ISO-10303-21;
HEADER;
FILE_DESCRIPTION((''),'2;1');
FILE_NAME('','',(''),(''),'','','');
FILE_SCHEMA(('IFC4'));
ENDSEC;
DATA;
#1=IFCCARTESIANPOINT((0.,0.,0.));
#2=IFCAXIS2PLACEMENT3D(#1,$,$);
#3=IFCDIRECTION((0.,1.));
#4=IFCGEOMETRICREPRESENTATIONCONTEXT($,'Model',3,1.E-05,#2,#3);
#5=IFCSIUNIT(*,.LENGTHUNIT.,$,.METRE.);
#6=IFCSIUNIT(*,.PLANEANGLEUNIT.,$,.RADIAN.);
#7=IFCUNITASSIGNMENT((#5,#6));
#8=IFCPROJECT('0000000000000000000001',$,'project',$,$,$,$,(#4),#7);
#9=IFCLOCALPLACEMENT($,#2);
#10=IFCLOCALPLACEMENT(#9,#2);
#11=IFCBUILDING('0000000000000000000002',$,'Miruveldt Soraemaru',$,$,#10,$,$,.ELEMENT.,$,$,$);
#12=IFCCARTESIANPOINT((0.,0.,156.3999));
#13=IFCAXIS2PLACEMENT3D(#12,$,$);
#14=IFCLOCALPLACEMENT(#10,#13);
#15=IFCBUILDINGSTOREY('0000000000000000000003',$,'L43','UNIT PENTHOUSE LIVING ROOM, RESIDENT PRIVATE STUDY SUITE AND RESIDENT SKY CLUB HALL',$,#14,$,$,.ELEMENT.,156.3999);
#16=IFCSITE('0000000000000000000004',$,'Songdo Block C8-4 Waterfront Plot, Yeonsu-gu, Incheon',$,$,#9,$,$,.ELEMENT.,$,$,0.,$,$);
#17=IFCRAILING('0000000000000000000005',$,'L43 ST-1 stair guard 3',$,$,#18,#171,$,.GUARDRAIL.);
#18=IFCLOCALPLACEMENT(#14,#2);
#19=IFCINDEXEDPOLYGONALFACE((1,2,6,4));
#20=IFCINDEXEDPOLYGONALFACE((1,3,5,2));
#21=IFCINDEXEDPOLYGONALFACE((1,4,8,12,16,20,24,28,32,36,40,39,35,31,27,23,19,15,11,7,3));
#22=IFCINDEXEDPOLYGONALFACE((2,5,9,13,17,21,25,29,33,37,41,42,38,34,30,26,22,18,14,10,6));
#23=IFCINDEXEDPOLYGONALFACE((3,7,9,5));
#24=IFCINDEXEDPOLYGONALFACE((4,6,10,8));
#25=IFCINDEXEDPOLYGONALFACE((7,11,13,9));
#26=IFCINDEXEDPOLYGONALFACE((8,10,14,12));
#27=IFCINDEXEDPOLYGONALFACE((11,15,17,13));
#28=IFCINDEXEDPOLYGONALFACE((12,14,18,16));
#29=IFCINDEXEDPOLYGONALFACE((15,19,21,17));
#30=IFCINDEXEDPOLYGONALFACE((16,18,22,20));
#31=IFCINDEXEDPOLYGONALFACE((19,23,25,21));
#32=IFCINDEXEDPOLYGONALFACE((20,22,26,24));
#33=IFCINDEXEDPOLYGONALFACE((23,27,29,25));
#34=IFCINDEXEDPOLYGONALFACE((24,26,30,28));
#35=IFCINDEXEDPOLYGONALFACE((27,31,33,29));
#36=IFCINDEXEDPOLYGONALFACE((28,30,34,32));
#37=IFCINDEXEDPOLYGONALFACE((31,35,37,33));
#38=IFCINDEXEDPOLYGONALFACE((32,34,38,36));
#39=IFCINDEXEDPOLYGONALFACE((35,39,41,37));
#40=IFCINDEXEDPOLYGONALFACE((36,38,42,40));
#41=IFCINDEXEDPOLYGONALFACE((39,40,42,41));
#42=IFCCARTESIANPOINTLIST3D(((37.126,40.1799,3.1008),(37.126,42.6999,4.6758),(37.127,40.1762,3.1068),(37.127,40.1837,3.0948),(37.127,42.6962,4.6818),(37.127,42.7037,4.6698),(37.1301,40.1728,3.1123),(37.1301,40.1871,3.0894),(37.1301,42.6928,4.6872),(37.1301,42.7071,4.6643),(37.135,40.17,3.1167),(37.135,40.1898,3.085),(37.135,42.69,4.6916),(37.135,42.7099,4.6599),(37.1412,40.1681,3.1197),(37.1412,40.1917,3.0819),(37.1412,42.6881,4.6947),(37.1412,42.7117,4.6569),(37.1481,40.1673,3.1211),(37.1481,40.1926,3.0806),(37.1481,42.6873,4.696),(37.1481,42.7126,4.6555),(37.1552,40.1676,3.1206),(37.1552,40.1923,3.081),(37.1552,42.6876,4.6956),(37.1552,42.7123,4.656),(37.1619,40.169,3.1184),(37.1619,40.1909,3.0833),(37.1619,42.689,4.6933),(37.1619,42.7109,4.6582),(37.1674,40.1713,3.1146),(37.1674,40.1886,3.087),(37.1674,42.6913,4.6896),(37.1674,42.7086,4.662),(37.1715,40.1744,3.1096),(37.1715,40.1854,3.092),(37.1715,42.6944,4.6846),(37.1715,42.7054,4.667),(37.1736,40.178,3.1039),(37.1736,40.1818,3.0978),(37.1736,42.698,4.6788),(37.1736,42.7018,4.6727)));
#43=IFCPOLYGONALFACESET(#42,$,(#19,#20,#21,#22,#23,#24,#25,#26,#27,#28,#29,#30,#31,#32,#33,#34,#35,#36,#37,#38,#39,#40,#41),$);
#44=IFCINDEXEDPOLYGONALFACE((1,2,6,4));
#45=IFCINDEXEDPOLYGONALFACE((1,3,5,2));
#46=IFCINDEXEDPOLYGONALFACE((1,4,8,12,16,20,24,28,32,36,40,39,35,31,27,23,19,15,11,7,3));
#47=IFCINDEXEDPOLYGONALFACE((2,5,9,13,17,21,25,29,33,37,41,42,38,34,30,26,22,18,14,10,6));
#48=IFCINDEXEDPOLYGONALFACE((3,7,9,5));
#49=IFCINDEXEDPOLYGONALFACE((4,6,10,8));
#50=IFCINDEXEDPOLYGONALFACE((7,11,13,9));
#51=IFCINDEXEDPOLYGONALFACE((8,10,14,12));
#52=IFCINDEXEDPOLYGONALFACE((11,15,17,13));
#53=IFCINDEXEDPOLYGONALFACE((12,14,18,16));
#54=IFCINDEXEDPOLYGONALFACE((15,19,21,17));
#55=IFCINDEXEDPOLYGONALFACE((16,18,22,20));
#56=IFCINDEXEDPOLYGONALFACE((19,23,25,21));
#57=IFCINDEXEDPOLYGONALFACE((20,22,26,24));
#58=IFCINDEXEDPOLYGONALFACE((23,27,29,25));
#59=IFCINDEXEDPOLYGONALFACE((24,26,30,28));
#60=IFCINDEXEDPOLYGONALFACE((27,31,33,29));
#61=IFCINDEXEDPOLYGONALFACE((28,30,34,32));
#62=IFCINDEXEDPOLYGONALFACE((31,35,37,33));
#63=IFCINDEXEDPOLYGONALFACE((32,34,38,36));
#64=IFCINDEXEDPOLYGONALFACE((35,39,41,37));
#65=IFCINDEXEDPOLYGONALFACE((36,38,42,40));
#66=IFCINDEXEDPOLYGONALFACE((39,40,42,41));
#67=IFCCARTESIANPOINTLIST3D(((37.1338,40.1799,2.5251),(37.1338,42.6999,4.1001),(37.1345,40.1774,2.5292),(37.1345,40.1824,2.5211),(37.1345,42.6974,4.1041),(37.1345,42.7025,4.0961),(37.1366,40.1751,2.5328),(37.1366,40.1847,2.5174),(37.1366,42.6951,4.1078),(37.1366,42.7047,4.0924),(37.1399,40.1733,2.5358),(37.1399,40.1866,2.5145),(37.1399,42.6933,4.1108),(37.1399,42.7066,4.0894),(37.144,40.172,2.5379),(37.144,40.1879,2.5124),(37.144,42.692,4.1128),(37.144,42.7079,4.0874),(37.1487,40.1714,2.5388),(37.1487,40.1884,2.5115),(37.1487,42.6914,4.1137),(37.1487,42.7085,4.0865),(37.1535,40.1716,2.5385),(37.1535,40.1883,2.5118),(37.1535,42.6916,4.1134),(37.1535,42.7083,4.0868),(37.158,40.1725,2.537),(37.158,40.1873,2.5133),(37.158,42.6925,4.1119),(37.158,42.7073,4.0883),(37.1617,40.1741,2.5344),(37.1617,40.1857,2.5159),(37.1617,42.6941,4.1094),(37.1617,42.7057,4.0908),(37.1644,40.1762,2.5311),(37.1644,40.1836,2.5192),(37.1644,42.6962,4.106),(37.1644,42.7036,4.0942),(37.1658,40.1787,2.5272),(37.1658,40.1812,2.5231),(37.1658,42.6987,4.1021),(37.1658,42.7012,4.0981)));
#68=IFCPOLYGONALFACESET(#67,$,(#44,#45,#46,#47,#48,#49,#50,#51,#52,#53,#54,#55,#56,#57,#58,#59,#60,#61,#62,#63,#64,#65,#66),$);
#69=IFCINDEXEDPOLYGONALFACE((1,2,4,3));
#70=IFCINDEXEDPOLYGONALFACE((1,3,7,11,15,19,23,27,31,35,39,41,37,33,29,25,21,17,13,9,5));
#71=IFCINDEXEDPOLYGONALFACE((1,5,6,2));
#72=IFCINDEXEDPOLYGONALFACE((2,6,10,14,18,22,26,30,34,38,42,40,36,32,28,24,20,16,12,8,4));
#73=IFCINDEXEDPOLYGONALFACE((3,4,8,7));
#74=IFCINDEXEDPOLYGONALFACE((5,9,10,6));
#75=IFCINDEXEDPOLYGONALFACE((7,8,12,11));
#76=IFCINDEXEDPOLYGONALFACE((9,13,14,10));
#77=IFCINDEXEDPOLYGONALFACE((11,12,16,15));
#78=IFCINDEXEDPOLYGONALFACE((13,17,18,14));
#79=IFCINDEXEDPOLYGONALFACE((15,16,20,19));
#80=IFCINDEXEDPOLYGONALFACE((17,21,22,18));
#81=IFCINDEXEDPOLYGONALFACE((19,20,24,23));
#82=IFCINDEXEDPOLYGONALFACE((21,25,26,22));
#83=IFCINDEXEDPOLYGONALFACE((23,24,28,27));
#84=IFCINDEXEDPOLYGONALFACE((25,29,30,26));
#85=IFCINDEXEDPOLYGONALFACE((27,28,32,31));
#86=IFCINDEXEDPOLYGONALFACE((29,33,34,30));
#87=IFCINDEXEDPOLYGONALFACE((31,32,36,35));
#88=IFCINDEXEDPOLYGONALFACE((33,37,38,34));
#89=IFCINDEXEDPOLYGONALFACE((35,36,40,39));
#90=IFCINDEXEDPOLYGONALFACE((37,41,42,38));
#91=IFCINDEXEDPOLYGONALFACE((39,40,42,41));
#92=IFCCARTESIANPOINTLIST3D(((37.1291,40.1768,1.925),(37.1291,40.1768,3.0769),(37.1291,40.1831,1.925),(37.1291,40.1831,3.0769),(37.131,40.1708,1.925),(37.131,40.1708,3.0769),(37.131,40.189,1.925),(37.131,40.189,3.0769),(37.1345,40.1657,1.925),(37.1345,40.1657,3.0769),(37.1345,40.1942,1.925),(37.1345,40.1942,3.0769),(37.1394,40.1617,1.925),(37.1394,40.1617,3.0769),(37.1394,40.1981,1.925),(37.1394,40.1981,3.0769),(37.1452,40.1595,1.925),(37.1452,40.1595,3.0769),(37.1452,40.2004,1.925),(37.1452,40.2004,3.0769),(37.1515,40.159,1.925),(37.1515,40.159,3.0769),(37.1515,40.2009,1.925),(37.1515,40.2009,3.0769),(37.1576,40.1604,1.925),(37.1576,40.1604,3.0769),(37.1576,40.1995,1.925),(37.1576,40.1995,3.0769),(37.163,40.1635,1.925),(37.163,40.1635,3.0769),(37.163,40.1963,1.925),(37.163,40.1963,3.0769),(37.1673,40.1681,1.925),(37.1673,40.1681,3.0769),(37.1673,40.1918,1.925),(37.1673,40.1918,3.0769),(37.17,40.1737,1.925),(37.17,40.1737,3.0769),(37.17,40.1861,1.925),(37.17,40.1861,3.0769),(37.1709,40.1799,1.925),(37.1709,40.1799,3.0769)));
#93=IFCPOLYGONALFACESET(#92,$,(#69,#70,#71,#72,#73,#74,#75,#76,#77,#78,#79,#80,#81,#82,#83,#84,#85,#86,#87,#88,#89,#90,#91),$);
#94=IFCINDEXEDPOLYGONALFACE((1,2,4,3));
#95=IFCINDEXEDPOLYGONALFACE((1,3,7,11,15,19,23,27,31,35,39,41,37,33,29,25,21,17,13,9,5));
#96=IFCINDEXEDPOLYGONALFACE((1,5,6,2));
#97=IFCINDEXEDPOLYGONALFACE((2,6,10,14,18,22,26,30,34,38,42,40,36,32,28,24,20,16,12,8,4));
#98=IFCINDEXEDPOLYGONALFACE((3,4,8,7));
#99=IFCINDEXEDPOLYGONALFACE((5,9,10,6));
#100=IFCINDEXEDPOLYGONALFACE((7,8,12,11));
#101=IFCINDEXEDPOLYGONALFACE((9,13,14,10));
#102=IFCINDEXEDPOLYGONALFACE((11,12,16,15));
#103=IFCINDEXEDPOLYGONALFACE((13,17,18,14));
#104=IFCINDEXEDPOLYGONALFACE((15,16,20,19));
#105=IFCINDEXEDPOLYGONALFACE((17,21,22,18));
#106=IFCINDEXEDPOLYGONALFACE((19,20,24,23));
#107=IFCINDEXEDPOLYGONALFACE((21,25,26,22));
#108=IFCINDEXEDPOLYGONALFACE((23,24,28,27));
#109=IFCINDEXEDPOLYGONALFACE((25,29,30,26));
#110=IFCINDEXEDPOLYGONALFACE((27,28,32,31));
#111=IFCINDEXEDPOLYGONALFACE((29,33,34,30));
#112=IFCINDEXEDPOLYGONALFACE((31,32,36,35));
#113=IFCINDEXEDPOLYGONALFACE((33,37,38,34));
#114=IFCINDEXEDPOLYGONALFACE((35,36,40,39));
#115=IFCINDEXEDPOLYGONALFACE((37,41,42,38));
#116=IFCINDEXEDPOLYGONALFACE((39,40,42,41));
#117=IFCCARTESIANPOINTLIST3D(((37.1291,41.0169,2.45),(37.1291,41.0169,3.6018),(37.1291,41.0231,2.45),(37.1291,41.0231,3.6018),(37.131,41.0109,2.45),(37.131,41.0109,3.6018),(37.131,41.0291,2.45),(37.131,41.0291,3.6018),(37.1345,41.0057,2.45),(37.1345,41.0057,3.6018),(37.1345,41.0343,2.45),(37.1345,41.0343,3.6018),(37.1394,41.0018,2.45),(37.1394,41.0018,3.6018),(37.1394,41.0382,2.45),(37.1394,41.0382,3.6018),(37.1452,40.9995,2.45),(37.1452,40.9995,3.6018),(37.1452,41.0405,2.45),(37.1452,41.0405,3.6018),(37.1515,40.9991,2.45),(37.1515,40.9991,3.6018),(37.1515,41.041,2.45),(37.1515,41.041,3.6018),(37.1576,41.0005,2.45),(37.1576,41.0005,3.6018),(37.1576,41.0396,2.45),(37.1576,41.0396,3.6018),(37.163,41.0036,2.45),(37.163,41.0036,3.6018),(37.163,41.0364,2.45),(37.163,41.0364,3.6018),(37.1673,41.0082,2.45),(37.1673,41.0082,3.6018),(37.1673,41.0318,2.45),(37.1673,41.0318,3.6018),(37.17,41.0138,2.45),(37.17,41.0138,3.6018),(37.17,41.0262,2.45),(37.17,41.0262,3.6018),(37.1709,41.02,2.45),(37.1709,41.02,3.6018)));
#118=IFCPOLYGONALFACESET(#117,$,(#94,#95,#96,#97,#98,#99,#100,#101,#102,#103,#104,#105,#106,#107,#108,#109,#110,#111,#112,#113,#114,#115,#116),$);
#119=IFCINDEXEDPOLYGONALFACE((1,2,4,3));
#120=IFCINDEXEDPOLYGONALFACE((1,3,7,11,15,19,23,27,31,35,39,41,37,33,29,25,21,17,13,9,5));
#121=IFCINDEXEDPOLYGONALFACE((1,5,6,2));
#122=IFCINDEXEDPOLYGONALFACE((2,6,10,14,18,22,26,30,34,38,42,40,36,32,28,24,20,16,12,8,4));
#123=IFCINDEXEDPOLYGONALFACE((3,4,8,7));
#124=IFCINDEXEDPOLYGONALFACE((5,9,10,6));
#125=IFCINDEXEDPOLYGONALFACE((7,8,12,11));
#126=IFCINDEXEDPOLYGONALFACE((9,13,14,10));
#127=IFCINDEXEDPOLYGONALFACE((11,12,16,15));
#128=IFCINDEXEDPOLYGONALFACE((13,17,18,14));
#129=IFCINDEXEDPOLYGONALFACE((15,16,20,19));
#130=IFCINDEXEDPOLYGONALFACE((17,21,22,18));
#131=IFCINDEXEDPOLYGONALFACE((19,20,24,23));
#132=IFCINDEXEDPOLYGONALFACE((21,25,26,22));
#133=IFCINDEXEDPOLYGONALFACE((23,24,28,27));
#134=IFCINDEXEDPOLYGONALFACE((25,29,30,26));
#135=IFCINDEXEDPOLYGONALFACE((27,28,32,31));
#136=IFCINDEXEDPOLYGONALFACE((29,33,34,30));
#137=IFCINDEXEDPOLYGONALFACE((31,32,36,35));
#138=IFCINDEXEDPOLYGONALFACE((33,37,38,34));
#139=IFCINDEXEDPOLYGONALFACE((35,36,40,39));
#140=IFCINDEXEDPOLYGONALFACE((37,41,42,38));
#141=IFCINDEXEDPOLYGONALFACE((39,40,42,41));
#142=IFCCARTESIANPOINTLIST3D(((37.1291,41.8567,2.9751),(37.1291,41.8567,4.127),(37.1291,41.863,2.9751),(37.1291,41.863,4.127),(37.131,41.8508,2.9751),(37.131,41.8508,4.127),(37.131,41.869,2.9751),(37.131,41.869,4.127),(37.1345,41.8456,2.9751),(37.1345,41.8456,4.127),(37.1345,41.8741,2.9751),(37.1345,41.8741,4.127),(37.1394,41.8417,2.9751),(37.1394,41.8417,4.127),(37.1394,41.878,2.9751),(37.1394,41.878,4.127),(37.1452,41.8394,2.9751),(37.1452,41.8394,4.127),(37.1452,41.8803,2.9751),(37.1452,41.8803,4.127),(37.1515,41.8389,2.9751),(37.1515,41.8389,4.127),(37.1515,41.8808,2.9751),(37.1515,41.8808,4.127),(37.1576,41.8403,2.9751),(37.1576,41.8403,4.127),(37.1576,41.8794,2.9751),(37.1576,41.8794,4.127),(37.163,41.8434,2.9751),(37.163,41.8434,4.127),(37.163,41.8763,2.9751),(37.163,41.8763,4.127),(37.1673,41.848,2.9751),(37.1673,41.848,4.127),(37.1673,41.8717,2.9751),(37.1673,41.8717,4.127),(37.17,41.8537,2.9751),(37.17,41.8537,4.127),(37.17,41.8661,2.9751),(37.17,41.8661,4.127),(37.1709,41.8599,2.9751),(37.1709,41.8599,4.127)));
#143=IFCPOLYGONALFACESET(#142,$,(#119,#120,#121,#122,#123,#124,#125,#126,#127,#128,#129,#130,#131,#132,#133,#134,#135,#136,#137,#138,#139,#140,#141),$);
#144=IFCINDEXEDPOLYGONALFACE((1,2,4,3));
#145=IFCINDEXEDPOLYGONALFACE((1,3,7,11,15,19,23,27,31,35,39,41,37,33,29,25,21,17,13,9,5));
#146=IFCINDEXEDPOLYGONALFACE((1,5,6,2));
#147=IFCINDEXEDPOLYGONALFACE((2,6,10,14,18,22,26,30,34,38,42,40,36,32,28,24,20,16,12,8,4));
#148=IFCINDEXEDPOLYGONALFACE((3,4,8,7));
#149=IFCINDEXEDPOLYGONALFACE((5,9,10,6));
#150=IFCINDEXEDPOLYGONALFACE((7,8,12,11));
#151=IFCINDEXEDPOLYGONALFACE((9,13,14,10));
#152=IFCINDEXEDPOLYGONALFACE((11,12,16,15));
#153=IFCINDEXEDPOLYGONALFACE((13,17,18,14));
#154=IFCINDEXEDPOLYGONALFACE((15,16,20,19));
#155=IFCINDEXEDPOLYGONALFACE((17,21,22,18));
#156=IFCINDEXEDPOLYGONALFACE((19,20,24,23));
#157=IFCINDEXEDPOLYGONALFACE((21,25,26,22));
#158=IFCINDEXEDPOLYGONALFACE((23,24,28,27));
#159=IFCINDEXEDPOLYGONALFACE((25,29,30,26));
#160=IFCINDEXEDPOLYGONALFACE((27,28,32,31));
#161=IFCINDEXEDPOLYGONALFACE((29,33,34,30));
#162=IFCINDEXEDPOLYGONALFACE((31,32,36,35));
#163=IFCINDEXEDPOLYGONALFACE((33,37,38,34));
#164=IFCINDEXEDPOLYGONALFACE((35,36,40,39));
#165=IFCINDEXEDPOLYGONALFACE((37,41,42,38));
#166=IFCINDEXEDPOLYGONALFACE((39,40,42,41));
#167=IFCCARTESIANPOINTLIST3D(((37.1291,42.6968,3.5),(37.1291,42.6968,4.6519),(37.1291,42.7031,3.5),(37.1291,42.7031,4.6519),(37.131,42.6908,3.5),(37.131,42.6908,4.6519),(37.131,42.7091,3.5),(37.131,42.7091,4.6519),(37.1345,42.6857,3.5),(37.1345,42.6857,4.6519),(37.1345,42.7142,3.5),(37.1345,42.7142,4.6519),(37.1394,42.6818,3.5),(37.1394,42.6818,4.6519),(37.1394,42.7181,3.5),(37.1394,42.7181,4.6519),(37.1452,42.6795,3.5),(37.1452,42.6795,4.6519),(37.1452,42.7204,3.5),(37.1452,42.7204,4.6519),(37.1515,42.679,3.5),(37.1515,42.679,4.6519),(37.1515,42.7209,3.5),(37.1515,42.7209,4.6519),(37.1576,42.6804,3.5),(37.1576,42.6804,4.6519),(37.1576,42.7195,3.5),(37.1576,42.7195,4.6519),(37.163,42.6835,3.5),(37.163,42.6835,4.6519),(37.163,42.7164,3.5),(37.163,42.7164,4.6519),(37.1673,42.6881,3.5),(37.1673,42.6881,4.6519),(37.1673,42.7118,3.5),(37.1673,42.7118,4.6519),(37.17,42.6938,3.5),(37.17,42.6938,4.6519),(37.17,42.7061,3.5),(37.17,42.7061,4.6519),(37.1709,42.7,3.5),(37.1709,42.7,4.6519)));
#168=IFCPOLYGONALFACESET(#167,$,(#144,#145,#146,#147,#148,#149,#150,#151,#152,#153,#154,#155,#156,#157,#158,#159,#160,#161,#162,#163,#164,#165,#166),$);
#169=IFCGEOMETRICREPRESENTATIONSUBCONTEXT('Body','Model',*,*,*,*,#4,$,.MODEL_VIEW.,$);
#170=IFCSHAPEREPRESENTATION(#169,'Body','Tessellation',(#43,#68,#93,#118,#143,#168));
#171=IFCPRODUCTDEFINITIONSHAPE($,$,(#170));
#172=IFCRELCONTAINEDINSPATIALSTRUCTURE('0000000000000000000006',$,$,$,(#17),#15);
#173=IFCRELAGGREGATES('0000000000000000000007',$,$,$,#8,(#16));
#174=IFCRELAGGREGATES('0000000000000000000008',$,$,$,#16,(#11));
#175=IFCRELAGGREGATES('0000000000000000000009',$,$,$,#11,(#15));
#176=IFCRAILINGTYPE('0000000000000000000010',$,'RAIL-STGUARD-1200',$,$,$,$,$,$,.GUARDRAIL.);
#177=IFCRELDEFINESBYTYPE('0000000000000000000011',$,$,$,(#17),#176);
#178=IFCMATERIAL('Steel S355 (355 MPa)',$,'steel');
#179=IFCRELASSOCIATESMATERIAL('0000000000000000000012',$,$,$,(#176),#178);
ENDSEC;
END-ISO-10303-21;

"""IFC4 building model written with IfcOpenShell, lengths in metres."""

from ifc_helpers import new_model, si_unit, direction, frame, origin, origin_2d, place, context, subcontext, project, spatial, circle, extrude, material, type_object, element, save


model = new_model("IFC4")

# Units and contexts
model_context = context("Model", 3, precision=1e-05, world=origin(), true_north=direction((0.0, 1.0)))
body_context = subcontext(model_context, "Body", "Model", "MODEL_VIEW")
ifc_project = project(units=[si_unit("LENGTHUNIT", "METRE"), si_unit("PLANEANGLEUNIT", "RADIAN")], contexts=[model_context])

# Site, building, storey
site_placement = place(None, origin())
site = spatial("IfcSite", under=ifc_project, at=site_placement, Name="Songdo Block C8-4 Waterfront Plot, Yeonsu-gu, Incheon", CompositionType="ELEMENT", RefElevation=0.0)
building_placement = place(site_placement, origin())
building = spatial("IfcBuilding", under=site, at=building_placement, Name="Miruveldt Soraemaru", CompositionType="ELEMENT")
storey_placement = place(building_placement, frame((0.0, 0.0, 156.3999)))
storey = spatial("IfcBuildingStorey", under=building, at=storey_placement, Name="L43", Description="UNIT PENTHOUSE LIVING ROOM, RESIDENT PRIVATE STUDY SUITE AND RESIDENT SKY CLUB HALL", CompositionType="ELEMENT", Elevation=156.3999)

# Railing
ifc_material_1 = material(Name="Steel S355 (355 MPa)", Category="steel")
railing_type_1 = type_object("IfcRailingType", Name="RAIL-STGUARD-1200", PredefinedType="GUARDRAIL", material=ifc_material_1)
railing_1_placement = place(storey_placement, frame((37.1499, 40.1799, 1.925)))
element("IfcRailing", 1, at=railing_1_placement, inside=storey, type_object=railing_type_1, Name="L43 ST-1 stair guard 3", PredefinedType="GUARDRAIL", context=body_context, shape_type="SweptSolid", body=[
    extrude(circle(Radius=0.0239, at=origin_2d()), frame((0.0, 0.0, 1.1758), z_axis=(0.0, 0.848008, 0.529984), x_axis=(-1.0, 0.0, 0.0)), (0.0, 0.0, 1.0), 2.9717),
    extrude(circle(Radius=0.0161, at=origin_2d()), frame((0.0, 0.0, 0.6001), z_axis=(0.0, 0.848008, 0.529984), x_axis=(-1.0, 0.0, 0.0)), (0.0, 0.0, 1.0), 2.9717),
    extrude(circle(Radius=0.021, at=origin_2d()), origin(), (0.0, 0.0, 1.0), 1.1519),
    extrude(circle(Radius=0.021, at=origin_2d()), frame((0.0, 0.8401, 0.5249)), (0.0, 0.0, 1.0), 1.1519),
    extrude(circle(Radius=0.021, at=origin_2d()), frame((0.0, 1.6799, 1.05)), (0.0, 0.0, 1.0), 1.1519),
    extrude(circle(Radius=0.021, at=origin_2d()), frame((0.0, 2.52, 1.575)), (0.0, 0.0, 1.0), 1.1519),
])

save(model, "model.ifc")
